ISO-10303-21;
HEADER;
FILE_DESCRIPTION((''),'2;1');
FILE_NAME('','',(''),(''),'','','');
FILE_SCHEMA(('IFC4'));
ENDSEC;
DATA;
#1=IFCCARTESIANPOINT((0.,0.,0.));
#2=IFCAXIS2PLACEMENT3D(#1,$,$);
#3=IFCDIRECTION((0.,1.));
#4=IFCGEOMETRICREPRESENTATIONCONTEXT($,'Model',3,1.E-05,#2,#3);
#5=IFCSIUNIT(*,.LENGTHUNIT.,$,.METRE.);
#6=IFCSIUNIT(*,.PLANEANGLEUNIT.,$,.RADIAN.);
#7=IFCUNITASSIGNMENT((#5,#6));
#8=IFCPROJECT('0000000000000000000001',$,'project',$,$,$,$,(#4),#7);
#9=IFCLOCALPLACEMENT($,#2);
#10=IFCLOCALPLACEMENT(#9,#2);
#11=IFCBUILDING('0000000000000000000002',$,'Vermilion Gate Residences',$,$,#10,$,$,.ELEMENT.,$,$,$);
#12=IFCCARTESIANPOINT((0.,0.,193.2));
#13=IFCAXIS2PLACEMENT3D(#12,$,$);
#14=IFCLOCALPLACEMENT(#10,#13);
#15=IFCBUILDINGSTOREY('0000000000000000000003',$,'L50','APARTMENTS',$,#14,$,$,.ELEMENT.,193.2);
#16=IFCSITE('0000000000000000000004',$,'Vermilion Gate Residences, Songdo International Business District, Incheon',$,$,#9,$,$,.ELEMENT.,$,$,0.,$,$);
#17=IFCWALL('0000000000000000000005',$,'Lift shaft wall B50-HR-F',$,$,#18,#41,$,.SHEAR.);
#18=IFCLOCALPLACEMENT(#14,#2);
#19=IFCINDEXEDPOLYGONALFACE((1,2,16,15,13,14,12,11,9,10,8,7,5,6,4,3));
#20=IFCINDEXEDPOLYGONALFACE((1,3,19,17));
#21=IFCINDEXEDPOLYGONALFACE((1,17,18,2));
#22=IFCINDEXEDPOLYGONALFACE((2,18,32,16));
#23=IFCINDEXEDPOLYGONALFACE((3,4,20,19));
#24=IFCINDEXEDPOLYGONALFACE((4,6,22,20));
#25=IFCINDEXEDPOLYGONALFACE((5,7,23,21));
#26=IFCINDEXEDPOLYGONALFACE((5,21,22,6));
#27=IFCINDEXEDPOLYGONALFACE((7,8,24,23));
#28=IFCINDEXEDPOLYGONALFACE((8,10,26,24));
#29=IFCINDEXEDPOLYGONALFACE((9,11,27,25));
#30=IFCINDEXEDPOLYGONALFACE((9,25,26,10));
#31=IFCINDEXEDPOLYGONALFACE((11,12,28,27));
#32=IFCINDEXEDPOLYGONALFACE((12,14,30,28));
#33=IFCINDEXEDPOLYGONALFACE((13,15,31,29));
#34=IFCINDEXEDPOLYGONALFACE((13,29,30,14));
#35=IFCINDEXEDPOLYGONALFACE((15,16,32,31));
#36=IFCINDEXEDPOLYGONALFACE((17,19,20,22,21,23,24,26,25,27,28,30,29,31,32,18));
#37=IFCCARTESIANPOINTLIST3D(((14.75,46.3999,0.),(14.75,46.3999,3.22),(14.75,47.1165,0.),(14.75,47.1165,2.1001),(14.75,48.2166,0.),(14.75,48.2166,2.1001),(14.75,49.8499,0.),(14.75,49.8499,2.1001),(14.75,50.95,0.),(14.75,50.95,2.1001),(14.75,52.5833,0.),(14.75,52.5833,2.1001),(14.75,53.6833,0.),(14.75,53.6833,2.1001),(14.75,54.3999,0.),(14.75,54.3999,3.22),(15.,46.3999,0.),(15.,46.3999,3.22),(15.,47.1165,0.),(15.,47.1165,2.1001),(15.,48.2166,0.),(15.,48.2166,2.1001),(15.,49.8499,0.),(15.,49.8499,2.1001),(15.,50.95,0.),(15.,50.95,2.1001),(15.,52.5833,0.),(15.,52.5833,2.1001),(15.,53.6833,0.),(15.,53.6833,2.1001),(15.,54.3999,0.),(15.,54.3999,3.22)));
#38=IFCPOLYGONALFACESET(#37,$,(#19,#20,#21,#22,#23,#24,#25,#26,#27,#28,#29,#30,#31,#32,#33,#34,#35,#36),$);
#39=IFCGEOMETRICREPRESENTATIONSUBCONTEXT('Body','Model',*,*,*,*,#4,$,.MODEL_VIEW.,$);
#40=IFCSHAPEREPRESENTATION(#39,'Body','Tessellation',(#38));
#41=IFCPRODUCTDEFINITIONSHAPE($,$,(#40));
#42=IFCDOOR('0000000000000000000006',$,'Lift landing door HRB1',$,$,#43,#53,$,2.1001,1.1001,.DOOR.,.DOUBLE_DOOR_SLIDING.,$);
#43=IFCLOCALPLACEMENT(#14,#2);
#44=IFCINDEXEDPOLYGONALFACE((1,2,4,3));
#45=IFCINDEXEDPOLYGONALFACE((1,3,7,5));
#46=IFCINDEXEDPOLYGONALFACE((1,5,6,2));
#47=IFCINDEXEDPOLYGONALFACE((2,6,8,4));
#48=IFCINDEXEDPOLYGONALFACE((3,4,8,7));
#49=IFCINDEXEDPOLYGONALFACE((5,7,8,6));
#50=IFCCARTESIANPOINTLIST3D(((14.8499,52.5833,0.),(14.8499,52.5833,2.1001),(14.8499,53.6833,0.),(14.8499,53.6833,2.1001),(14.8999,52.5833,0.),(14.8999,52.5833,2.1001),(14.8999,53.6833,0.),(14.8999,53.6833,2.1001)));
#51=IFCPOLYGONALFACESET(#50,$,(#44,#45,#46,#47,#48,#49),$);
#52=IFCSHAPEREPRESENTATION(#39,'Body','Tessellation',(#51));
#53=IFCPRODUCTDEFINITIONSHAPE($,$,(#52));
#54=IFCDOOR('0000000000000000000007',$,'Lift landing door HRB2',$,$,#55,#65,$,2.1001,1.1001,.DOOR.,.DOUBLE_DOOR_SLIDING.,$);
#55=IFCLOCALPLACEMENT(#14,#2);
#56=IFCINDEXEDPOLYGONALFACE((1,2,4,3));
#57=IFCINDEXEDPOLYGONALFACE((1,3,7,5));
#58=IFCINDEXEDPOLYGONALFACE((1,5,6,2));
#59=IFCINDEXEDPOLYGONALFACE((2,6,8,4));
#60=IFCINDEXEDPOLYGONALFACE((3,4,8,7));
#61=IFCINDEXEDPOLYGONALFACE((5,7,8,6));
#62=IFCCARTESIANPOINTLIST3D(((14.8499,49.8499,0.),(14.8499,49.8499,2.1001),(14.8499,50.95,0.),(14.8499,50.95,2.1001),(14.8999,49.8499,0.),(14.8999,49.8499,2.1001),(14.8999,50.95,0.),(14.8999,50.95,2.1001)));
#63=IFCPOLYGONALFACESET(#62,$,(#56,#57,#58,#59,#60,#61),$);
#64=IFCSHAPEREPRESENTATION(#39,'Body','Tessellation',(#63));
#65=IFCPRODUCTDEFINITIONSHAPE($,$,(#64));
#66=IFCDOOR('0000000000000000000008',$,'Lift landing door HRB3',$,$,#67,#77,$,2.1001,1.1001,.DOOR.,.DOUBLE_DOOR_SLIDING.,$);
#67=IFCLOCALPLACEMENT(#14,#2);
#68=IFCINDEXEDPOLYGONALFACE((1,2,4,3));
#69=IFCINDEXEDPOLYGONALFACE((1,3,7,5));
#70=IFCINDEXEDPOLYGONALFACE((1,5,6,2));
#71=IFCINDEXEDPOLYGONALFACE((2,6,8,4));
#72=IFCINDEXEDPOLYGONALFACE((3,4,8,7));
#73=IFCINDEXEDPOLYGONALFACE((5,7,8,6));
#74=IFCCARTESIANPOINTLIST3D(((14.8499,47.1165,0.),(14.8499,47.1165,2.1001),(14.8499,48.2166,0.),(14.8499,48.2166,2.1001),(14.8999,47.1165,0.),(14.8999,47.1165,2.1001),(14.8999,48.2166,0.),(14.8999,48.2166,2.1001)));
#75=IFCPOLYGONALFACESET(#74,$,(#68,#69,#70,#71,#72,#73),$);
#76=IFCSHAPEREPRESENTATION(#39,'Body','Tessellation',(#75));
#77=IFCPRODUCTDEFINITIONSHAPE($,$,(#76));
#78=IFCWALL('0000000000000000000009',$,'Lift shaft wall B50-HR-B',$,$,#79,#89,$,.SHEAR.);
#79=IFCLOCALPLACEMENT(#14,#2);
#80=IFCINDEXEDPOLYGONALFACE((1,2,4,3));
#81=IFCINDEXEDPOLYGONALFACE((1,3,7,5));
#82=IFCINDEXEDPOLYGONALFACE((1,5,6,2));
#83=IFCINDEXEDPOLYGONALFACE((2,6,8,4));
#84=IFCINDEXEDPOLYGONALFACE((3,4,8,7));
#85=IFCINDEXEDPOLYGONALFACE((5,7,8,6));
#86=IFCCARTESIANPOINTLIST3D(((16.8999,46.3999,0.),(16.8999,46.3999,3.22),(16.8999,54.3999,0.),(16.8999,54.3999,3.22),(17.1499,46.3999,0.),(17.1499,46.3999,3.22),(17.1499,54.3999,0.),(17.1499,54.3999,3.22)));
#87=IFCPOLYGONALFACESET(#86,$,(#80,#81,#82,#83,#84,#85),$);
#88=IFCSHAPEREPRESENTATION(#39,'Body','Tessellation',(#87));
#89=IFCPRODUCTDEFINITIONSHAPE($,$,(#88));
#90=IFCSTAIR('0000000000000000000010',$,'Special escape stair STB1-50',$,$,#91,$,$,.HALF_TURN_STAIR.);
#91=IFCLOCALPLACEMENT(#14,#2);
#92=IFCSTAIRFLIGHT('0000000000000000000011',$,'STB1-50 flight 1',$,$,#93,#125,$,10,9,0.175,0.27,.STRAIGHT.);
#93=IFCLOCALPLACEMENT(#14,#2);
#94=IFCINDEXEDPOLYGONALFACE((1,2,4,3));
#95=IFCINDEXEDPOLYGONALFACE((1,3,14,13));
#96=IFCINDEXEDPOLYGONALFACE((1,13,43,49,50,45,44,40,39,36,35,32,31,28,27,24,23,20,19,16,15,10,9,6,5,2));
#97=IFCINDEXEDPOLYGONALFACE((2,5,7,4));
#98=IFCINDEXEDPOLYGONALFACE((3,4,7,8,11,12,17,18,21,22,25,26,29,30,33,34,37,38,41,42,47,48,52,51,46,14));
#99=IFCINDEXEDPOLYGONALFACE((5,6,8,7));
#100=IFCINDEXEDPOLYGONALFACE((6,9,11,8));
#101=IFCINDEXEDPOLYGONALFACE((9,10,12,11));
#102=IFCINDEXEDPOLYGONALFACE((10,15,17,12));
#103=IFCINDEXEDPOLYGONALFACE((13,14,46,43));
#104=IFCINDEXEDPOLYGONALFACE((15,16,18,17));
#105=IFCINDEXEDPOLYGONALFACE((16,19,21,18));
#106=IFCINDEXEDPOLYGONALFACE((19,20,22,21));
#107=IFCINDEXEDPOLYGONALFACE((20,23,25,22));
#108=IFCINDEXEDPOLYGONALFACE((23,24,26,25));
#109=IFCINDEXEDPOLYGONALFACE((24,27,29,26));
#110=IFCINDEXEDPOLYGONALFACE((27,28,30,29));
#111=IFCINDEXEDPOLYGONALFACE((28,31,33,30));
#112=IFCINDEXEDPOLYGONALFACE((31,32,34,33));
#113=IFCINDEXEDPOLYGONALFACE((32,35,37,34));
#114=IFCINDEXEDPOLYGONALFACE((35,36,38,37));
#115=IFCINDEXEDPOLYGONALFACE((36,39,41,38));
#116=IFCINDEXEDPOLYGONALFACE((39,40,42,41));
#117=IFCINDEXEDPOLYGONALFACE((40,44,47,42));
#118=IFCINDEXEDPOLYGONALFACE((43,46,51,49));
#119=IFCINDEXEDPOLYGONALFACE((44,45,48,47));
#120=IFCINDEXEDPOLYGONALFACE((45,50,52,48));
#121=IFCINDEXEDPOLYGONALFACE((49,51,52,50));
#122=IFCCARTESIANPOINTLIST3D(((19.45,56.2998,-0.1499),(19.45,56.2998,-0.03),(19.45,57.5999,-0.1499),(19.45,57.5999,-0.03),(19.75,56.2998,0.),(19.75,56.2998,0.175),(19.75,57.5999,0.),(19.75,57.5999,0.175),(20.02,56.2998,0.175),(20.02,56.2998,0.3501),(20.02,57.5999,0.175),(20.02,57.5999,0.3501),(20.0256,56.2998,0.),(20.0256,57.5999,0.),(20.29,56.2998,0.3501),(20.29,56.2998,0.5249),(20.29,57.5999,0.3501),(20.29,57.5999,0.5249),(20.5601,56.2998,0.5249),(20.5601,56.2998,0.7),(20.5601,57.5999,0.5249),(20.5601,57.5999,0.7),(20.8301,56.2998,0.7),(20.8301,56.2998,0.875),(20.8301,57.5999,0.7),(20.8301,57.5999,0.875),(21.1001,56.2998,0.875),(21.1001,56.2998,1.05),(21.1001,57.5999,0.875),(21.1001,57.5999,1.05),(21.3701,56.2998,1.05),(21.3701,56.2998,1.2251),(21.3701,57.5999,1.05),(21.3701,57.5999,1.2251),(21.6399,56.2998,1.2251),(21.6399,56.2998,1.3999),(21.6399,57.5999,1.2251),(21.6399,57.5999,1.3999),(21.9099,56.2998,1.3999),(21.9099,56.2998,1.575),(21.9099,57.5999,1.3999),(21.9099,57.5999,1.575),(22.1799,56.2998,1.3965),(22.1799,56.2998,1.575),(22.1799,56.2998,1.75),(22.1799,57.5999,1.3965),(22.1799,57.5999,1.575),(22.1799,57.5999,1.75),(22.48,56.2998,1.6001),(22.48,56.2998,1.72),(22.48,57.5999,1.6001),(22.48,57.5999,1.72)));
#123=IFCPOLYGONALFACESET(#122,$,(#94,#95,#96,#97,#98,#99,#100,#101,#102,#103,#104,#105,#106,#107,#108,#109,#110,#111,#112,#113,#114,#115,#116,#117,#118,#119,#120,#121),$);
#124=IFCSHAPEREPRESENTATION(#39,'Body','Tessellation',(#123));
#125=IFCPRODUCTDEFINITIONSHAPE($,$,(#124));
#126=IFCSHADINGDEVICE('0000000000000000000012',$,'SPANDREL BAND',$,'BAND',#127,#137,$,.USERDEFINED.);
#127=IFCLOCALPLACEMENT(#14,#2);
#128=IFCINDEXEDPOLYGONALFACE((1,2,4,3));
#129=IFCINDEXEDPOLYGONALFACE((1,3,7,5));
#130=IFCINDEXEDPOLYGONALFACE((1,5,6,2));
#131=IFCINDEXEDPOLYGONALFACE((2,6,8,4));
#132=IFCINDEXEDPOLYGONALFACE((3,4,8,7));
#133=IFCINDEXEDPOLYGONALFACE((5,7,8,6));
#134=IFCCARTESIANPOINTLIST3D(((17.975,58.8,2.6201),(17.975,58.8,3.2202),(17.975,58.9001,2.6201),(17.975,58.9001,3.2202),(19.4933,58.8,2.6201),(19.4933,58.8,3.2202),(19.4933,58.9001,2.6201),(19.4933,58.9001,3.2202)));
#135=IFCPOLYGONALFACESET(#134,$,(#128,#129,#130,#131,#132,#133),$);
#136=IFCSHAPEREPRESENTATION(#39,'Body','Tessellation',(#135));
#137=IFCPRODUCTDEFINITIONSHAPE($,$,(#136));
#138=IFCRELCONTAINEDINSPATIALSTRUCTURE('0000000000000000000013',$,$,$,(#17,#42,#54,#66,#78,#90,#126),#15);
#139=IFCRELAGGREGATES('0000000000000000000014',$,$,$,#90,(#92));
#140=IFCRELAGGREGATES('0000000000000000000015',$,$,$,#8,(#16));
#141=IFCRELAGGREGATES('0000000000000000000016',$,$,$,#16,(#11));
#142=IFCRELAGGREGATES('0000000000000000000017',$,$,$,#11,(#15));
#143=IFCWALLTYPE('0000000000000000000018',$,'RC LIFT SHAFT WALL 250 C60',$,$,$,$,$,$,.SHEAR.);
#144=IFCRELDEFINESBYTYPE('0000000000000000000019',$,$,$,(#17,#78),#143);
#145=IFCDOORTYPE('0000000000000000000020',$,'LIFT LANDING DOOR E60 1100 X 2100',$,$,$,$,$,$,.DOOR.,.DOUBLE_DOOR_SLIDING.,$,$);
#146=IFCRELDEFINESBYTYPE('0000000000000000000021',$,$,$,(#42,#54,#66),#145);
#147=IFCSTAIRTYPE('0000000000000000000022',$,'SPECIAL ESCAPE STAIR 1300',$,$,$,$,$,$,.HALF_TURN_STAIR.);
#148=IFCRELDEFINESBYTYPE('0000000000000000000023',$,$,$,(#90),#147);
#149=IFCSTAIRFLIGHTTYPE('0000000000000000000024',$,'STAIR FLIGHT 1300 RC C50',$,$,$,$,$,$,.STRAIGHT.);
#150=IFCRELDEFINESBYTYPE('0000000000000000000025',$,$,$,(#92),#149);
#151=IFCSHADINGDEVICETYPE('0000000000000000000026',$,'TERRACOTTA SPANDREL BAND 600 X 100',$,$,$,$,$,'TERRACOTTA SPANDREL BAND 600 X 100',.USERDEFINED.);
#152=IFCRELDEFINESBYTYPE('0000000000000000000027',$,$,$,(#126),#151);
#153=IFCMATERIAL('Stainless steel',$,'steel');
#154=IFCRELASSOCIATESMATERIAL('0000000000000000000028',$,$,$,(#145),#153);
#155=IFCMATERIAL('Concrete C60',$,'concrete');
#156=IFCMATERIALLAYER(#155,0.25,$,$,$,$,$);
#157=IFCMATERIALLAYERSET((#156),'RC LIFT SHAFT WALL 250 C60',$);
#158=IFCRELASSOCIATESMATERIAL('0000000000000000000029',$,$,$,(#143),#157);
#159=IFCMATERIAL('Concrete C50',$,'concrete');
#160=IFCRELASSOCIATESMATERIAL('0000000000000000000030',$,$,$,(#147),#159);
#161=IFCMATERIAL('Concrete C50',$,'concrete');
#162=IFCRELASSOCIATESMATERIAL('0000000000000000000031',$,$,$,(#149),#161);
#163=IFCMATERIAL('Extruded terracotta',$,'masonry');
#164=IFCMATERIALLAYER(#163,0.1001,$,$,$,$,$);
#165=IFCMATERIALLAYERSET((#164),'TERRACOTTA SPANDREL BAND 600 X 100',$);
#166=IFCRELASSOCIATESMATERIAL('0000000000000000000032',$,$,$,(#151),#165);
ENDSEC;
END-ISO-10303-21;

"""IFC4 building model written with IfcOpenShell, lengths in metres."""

from ifc_helpers import new_model, si_unit, direction, frame, frame_2d, origin, origin_2d, place, context, subcontext, project, spatial, polyline, rectangle, outline, extrude, material, layer, layer_set, type_object, element, fill, aggregate, save


model = new_model("IFC4")

# Units and contexts
model_context = context("Model", 3, precision=1e-05, world=origin(), true_north=direction((0.0, 1.0)))
body_context = subcontext(model_context, "Body", "Model", "MODEL_VIEW")
ifc_project = project(units=[si_unit("LENGTHUNIT", "METRE"), si_unit("PLANEANGLEUNIT", "RADIAN")], contexts=[model_context])

# Site, building, storey
site_placement = place(None, origin())
site = spatial("IfcSite", under=ifc_project, at=site_placement, Name="Vermilion Gate Residences, Songdo International Business District, Incheon", CompositionType="ELEMENT", RefElevation=0.0)
building_placement = place(site_placement, origin())
building = spatial("IfcBuilding", under=site, at=building_placement, Name="Vermilion Gate Residences", CompositionType="ELEMENT")
storey_placement = place(building_placement, frame((0.0, 0.0, 193.2)))
storey = spatial("IfcBuildingStorey", under=building, at=storey_placement, Name="L50", Description="APARTMENTS", CompositionType="ELEMENT", Elevation=193.2)

# Shared definitions
ifc_material_1 = material(Name="Stainless steel", Category="steel")
door_type_1 = type_object("IfcDoorType", Name="LIFT LANDING DOOR E60 1100 X 2100", OperationType="DOUBLE_DOOR_SLIDING", PredefinedType="DOOR", material=ifc_material_1)

# Wall, openings, doors
ifc_material_2 = material(Name="Concrete C60", Category="concrete")
ifc_layer_1 = layer(ifc_material_2, 0.25)
ifc_layer_set_1 = layer_set([ifc_layer_1], Name="RC LIFT SHAFT WALL 250 C60")
wall_type_1 = type_object("IfcWallType", Name="RC LIFT SHAFT WALL 250 C60", PredefinedType="SHEAR", material=ifc_layer_set_1)
wall_1_placement = place(storey_placement, frame((14.875, 54.3999, 0.0), z_axis=(0.0, 0.0, 1.0), x_axis=(0.0, -1.0, 0.0)))
wall_1 = element("IfcWall", 1, at=wall_1_placement, inside=storey, type_object=wall_type_1, Name="Lift shaft wall B50-HR-F", PredefinedType="SHEAR", context=body_context, shape_type="SweptSolid", body=[
    extrude(rectangle(XDim=8.0, YDim=0.25, at=frame_2d((4.0, 0.0))), origin(), (0.0, 0.0, 1.0), 3.22),
])
opening_1_placement = place(wall_1_placement, frame((0.7166, 0.0, 0.0)))
opening_1 = element("IfcOpeningElement", 2, at=opening_1_placement, cuts=wall_1, PredefinedType="OPENING", context=body_context, shape_type="SweptSolid", body=[
    extrude(rectangle(XDim=1.1001, YDim=2.1001, at=frame_2d((0.55, 1.05))), frame((0.0, 0.135, 0.0), z_axis=(0.0, -1.0, 0.0), x_axis=(1.0, 0.0, 0.0)), (0.0, 0.0, 1.0), 0.27),
])
opening_2_placement = place(wall_1_placement, frame((3.45, 0.0, 0.0)))
opening_2 = element("IfcOpeningElement", 3, at=opening_2_placement, cuts=wall_1, PredefinedType="OPENING", context=body_context, shape_type="SweptSolid", body=[
    extrude(rectangle(XDim=1.1001, YDim=2.1001, at=frame_2d((0.55, 1.05))), frame((0.0, 0.135, 0.0), z_axis=(0.0, -1.0, 0.0), x_axis=(1.0, 0.0, 0.0)), (0.0, 0.0, 1.0), 0.27),
])
opening_3_placement = place(wall_1_placement, frame((6.1833, 0.0, 0.0)))
opening_3 = element("IfcOpeningElement", 4, at=opening_3_placement, cuts=wall_1, PredefinedType="OPENING", context=body_context, shape_type="SweptSolid", body=[
    extrude(rectangle(XDim=1.1001, YDim=2.1001, at=frame_2d((0.55, 1.05))), frame((0.0, 0.135, 0.0), z_axis=(0.0, -1.0, 0.0), x_axis=(1.0, 0.0, 0.0)), (0.0, 0.0, 1.0), 0.27),
])
door_1_placement = place(opening_1_placement, origin())
door_1 = element("IfcDoor", 5, at=door_1_placement, inside=storey, type_object=door_type_1, Name="Lift landing door HRB1", OperationType="DOUBLE_DOOR_SLIDING", OverallHeight=2.1001, OverallWidth=1.1001, PredefinedType="DOOR", context=body_context, shape_type="SweptSolid", body=[
    extrude(rectangle(XDim=1.1001, YDim=2.1001, at=frame_2d((0.55, 1.05))), frame((0.0, 0.0249, 0.0), z_axis=(0.0, -1.0, 0.0), x_axis=(1.0, 0.0, 0.0)), (0.0, 0.0, 1.0), 0.05),
])
fill(opening_1, door_1)
door_2_placement = place(opening_2_placement, origin())
door_2 = element("IfcDoor", 6, at=door_2_placement, inside=storey, type_object=door_type_1, Name="Lift landing door HRB2", OperationType="DOUBLE_DOOR_SLIDING", OverallHeight=2.1001, OverallWidth=1.1001, PredefinedType="DOOR", context=body_context, shape_type="SweptSolid", body=[
    extrude(rectangle(XDim=1.1001, YDim=2.1001, at=frame_2d((0.55, 1.05))), frame((0.0, 0.0249, 0.0), z_axis=(0.0, -1.0, 0.0), x_axis=(1.0, 0.0, 0.0)), (0.0, 0.0, 1.0), 0.05),
])
fill(opening_2, door_2)
door_3_placement = place(opening_3_placement, origin())
door_3 = element("IfcDoor", 7, at=door_3_placement, inside=storey, type_object=door_type_1, Name="Lift landing door HRB3", OperationType="DOUBLE_DOOR_SLIDING", OverallHeight=2.1001, OverallWidth=1.1001, PredefinedType="DOOR", context=body_context, shape_type="SweptSolid", body=[
    extrude(rectangle(XDim=1.1001, YDim=2.1001, at=frame_2d((0.55, 1.05))), frame((0.0, 0.0249, 0.0), z_axis=(0.0, -1.0, 0.0), x_axis=(1.0, 0.0, 0.0)), (0.0, 0.0, 1.0), 0.05),
])
fill(opening_3, door_3)

# Wall
wall_2_placement = place(storey_placement, frame((17.0249, 54.3999, 0.0), z_axis=(0.0, 0.0, 1.0), x_axis=(0.0, -1.0, 0.0)))
element("IfcWall", 8, at=wall_2_placement, inside=storey, type_object=wall_type_1, Name="Lift shaft wall B50-HR-B", PredefinedType="SHEAR", context=body_context, shape_type="SweptSolid", body=[
    extrude(rectangle(XDim=8.0, YDim=0.25, at=frame_2d((4.0, 0.0))), origin(), (0.0, 0.0, 1.0), 3.22),
])

# Stair, stair flight
ifc_material_3 = material(Name="Concrete C50", Category="concrete")
stair_type = type_object("IfcStairType", Name="SPECIAL ESCAPE STAIR 1300", PredefinedType="HALF_TURN_STAIR", material=ifc_material_3)
stair_placement = place(storey_placement, origin())
stair = element("IfcStair", 9, at=stair_placement, inside=storey, type_object=stair_type, Name="Special escape stair STB1-50", PredefinedType="HALF_TURN_STAIR")
ifc_material_4 = material(Name="Concrete C50", Category="concrete")
stair_flight_type = type_object("IfcStairFlightType", Name="STAIR FLIGHT 1300 RC C50", PredefinedType="STRAIGHT", material=ifc_material_4)
stair_flight_placement = place(storey_placement, frame((19.75, 56.95, 0.0), z_axis=(0.0, 0.0, 1.0), x_axis=(1.0, 0.0, 0.0)))
stair_flight = element("IfcStairFlight", 10, at=stair_flight_placement, type_object=stair_flight_type, Name="STB1-50 flight 1", NumberOfRisers=10, NumberOfTreads=9, PredefinedType="STRAIGHT", RiserHeight=0.175, TreadLength=0.27, context=body_context, shape_type="SweptSolid", body=[
    extrude(outline(polyline([(-0.3, -0.1499), (-0.3, -0.03), (0.0, 0.0), (0.0, 0.175), (0.27, 0.175), (0.27, 0.3501), (0.54, 0.3501), (0.54, 0.5249), (0.8101, 0.5249), (0.8101, 0.7), (1.0801, 0.7), (1.0801, 0.875), (1.3501, 0.875), (1.3501, 1.05), (1.6201, 1.05), (1.6201, 1.2251), (1.8899, 1.2251), (1.8899, 1.3999), (2.1599, 1.3999), (2.1599, 1.575), (2.4299, 1.575), (2.4299, 1.75), (2.73, 1.72), (2.73, 1.6001), (2.4299, 1.3965), (0.2756, 0.0), (-0.3, -0.1499)])), frame((0.0, 0.6499, 0.0), z_axis=(0.0, -1.0, 0.0), x_axis=(1.0, 0.0, 0.0)), (0.0, 0.0, 1.0), 1.3),
])
aggregate(stair, [stair_flight])

# Shading device
ifc_material_5 = material(Name="Extruded terracotta", Category="masonry")
ifc_layer_2 = layer(ifc_material_5, 0.1001)
ifc_layer_set_2 = layer_set([ifc_layer_2], Name="TERRACOTTA SPANDREL BAND 600 X 100")
shading_device_type = type_object("IfcShadingDeviceType", Name="TERRACOTTA SPANDREL BAND 600 X 100", ElementType="TERRACOTTA SPANDREL BAND 600 X 100", PredefinedType="USERDEFINED", material=ifc_layer_set_2)
shading_device_placement = place(storey_placement, frame((18.7341, 58.8501, 2.6201), z_axis=(0.0, 0.0, 1.0), x_axis=(1.0, 0.0, 0.0)))
element("IfcShadingDevice", 11, at=shading_device_placement, inside=storey, type_object=shading_device_type, Name="SPANDREL BAND", ObjectType="BAND", PredefinedType="USERDEFINED", context=body_context, shape_type="SweptSolid", body=[
    extrude(rectangle(XDim=1.5183, YDim=0.1001, at=origin_2d()), origin(), (0.0, 0.0, 1.0), 0.6001),
])

save(model, "model.ifc")
